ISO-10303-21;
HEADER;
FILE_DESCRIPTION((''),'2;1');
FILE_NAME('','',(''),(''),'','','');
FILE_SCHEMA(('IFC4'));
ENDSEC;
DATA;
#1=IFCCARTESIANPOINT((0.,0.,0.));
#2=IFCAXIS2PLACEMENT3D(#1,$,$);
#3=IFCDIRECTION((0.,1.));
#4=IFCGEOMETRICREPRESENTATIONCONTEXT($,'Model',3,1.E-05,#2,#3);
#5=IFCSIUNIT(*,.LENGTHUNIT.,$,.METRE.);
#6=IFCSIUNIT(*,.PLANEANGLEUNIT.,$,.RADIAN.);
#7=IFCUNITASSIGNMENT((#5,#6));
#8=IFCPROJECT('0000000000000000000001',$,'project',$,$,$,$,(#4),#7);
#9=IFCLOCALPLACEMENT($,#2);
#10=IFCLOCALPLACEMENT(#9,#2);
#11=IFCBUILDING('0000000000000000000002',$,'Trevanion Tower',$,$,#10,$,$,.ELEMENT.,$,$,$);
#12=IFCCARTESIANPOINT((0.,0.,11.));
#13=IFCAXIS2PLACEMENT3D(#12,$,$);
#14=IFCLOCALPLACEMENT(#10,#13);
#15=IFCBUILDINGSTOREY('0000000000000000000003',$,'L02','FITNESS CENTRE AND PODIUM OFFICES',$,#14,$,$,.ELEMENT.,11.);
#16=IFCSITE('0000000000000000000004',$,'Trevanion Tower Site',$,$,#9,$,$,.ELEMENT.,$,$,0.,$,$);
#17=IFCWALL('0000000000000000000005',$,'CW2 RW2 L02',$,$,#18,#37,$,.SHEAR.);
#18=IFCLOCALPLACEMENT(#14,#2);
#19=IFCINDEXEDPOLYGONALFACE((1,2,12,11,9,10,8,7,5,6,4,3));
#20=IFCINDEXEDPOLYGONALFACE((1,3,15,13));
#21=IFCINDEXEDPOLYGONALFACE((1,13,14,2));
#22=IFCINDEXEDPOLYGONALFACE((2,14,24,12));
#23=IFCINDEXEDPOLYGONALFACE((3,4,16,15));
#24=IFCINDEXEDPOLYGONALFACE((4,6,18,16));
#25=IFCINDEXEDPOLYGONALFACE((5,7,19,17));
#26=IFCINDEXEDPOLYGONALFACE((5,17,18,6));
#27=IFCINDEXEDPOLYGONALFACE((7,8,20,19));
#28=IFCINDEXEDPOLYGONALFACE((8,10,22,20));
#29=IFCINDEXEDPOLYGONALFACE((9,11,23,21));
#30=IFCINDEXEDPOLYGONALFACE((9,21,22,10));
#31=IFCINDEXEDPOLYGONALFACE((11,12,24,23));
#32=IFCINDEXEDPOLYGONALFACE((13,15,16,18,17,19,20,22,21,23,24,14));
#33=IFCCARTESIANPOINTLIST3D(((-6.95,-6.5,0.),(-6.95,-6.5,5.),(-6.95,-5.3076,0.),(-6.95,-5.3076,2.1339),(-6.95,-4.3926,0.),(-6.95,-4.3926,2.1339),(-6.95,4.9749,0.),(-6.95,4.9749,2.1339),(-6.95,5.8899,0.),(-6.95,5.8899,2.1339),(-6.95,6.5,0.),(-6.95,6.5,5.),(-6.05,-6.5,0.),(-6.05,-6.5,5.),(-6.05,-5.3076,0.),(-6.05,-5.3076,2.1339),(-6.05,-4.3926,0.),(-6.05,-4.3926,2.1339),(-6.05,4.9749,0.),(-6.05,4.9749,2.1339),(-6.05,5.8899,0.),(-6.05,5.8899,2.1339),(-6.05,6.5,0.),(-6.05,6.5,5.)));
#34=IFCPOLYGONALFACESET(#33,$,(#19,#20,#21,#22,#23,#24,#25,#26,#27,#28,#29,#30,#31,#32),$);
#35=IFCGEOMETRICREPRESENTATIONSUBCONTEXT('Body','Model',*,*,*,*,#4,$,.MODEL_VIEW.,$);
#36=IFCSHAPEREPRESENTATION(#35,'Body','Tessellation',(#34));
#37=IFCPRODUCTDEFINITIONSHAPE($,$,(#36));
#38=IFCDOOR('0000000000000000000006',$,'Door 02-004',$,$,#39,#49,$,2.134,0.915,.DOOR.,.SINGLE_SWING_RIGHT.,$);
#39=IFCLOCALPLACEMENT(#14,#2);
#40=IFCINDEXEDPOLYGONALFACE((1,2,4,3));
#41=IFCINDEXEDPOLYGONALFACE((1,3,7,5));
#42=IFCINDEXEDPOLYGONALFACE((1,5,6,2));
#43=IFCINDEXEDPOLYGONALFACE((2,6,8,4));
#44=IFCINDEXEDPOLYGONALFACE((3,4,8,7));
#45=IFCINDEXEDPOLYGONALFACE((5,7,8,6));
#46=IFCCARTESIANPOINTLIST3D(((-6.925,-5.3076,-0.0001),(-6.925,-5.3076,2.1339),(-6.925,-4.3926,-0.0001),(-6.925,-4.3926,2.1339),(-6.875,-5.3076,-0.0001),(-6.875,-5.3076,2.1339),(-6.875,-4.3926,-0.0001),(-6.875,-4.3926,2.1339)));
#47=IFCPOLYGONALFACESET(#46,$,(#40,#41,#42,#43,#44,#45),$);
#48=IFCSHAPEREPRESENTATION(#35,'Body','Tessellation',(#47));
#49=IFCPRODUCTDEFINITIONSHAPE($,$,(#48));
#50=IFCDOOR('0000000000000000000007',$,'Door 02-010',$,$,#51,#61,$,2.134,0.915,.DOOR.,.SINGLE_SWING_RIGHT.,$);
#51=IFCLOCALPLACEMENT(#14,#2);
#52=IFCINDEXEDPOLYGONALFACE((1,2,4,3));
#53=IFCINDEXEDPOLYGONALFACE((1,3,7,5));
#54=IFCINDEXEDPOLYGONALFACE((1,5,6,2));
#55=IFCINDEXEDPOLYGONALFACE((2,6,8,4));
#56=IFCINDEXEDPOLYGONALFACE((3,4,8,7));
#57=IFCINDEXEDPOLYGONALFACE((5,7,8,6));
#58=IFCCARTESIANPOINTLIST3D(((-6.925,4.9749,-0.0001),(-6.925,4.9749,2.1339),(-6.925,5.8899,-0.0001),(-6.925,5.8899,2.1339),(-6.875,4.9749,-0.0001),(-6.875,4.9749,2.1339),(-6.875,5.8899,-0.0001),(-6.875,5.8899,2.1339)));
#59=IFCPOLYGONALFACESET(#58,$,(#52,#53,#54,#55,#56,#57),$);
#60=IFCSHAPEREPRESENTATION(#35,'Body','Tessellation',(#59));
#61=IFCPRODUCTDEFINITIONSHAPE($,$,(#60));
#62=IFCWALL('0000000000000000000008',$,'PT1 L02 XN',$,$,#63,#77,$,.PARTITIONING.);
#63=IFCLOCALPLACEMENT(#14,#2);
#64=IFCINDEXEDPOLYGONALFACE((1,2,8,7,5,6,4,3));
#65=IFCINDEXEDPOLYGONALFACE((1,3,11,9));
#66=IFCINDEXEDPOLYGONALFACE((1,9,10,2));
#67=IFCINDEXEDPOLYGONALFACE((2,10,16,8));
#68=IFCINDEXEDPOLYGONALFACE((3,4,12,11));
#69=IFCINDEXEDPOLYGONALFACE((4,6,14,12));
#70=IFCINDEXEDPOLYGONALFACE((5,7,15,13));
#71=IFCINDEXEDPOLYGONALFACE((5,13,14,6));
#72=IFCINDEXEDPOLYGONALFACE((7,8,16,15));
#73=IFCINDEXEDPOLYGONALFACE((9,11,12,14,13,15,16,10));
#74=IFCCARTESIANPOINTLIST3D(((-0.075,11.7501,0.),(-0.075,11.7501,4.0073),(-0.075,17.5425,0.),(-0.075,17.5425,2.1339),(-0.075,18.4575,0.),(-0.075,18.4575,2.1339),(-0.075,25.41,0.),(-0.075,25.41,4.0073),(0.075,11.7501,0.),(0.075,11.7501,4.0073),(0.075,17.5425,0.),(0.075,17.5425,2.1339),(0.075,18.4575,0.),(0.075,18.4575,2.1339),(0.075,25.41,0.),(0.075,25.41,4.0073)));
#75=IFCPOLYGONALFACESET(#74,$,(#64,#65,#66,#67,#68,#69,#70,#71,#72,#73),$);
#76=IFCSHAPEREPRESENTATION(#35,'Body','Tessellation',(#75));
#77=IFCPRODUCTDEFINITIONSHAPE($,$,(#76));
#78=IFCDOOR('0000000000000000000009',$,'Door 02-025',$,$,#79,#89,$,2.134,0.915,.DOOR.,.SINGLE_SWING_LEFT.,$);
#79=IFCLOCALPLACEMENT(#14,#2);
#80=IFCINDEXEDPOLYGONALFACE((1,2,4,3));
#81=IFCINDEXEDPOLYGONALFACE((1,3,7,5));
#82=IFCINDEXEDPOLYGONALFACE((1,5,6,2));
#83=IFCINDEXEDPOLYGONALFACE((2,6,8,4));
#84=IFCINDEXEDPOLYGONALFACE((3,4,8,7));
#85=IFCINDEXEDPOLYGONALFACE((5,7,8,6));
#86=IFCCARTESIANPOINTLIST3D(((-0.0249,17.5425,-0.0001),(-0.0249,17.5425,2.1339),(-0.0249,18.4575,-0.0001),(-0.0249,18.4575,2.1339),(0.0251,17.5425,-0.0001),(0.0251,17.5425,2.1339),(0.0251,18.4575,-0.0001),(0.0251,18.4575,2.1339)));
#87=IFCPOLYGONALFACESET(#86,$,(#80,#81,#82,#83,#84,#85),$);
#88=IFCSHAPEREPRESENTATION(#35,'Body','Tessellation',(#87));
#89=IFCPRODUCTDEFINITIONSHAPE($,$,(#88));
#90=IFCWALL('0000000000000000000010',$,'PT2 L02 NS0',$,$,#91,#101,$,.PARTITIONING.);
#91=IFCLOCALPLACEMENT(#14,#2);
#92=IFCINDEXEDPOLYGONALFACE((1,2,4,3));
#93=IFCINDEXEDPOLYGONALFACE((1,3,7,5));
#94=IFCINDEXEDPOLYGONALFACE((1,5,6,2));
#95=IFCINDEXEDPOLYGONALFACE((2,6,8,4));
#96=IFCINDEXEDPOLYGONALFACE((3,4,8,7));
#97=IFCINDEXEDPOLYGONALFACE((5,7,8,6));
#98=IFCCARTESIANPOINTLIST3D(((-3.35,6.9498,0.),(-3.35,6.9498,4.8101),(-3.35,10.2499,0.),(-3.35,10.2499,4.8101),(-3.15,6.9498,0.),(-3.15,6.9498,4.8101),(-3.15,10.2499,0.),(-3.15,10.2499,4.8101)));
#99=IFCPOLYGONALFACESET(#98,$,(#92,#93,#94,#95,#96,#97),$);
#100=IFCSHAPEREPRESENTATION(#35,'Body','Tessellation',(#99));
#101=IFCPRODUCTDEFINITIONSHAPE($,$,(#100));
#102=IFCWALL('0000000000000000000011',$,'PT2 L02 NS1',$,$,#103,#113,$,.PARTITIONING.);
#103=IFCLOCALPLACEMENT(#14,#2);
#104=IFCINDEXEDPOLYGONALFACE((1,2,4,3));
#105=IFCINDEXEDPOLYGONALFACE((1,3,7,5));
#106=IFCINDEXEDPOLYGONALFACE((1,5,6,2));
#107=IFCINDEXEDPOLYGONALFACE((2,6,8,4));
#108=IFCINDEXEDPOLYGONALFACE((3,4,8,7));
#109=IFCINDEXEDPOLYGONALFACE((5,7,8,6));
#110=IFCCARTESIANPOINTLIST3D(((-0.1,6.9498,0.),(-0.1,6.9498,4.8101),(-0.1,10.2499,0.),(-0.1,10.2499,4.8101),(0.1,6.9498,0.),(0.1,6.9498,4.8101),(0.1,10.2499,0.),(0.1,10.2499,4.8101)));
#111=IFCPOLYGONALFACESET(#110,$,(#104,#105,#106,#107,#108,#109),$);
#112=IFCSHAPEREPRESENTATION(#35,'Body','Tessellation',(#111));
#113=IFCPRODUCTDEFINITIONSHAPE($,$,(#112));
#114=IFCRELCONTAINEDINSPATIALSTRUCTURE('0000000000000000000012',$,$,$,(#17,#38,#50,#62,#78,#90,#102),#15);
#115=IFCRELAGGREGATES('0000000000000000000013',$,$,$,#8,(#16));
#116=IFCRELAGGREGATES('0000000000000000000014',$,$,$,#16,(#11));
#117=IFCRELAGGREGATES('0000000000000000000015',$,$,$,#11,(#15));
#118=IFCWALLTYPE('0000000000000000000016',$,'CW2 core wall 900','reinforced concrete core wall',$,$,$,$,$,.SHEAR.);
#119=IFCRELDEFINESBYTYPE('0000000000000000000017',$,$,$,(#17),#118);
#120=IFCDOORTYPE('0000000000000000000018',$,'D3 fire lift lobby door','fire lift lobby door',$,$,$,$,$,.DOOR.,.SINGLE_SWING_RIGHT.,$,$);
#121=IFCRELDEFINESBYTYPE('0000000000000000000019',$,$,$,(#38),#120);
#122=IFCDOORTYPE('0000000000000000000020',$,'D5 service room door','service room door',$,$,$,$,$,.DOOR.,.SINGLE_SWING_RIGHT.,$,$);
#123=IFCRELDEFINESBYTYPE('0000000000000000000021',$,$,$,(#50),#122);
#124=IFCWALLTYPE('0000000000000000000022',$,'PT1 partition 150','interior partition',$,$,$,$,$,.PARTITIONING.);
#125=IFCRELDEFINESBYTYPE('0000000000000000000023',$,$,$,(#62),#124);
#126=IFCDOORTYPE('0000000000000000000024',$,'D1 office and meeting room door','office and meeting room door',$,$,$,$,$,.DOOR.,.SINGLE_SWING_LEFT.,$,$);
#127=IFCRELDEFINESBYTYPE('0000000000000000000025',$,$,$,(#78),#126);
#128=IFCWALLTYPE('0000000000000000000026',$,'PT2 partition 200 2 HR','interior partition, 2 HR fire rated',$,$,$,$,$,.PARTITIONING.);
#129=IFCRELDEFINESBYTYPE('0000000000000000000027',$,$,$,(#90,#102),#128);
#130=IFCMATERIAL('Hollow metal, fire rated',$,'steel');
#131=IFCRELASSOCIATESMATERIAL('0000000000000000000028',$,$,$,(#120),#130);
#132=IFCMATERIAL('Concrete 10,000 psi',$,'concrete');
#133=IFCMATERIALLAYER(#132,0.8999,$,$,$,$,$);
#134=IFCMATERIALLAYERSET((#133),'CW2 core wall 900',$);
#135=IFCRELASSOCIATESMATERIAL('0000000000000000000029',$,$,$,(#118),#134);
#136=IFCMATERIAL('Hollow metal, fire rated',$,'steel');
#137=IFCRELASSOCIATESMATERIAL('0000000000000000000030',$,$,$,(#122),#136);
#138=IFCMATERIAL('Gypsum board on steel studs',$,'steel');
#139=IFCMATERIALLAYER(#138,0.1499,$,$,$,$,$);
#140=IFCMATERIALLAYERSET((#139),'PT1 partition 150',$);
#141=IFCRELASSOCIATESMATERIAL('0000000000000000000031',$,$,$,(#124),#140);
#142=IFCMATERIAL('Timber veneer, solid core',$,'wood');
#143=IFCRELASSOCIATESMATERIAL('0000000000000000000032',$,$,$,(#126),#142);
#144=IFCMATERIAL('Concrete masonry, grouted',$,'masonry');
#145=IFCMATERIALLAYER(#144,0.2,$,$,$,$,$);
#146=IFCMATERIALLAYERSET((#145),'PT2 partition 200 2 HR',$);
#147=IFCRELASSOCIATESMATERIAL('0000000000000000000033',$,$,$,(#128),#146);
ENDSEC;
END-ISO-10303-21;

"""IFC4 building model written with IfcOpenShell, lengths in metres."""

from ifc_helpers import new_model, si_unit, direction, frame, frame_2d, origin, place, context, subcontext, project, spatial, rectangle, extrude, material, layer, layer_set, type_object, element, fill, save


model = new_model("IFC4")

# Units and contexts
model_context = context("Model", 3, precision=1e-05, world=origin(), true_north=direction((0.0, 1.0)))
body_context = subcontext(model_context, "Body", "Model", "MODEL_VIEW")
ifc_project = project(units=[si_unit("LENGTHUNIT", "METRE"), si_unit("PLANEANGLEUNIT", "RADIAN")], contexts=[model_context])

# Site, building, storey
site_placement = place(None, origin())
site = spatial("IfcSite", under=ifc_project, at=site_placement, Name="Trevanion Tower Site", CompositionType="ELEMENT", RefElevation=0.0)
building_placement = place(site_placement, origin())
building = spatial("IfcBuilding", under=site, at=building_placement, Name="Trevanion Tower", CompositionType="ELEMENT")
storey_placement = place(building_placement, frame((0.0, 0.0, 11.0)))
storey = spatial("IfcBuildingStorey", under=building, at=storey_placement, Name="L02", Description="FITNESS CENTRE AND PODIUM OFFICES", CompositionType="ELEMENT", Elevation=11.0)

# Shared definitions
ifc_material_1 = material(Name="Hollow metal, fire rated", Category="steel")
door_type_1 = type_object("IfcDoorType", Name="D3 fire lift lobby door", Description="fire lift lobby door", OperationType="SINGLE_SWING_RIGHT", PredefinedType="DOOR", material=ifc_material_1)

# Shared definitions
ifc_material_2 = material(Name="Concrete 10,000 psi", Category="concrete")
ifc_layer_1 = layer(ifc_material_2, 0.8999)
ifc_layer_set_1 = layer_set([ifc_layer_1], Name="CW2 core wall 900")
wall_type_1 = type_object("IfcWallType", Name="CW2 core wall 900", Description="reinforced concrete core wall", PredefinedType="SHEAR", material=ifc_layer_set_1)

# Wall, openings, doors
wall_1_placement = place(storey_placement, frame((-6.5, 6.5, 0.0), z_axis=(0.0, 0.0, 1.0), x_axis=(0.0, -1.0, 0.0)))
wall_1 = element("IfcWall", 1, at=wall_1_placement, inside=storey, type_object=wall_type_1, Name="CW2 RW2 L02", PredefinedType="SHEAR", context=body_context, shape_type="SweptSolid", body=[
    extrude(rectangle(XDim=13.0, YDim=0.8999, at=frame_2d((6.5, 0.0))), origin(), (0.0, 0.0, 1.0), 5.0),
])
opening_1_placement = place(wall_1_placement, frame((10.8926, 0.0, 0.0)))
opening_1 = element("IfcOpeningElement", 2, at=opening_1_placement, cuts=wall_1, PredefinedType="OPENING", context=body_context, shape_type="SweptSolid", body=[
    extrude(rectangle(XDim=0.915, YDim=2.134, at=frame_2d((0.4575, 1.0669))), frame((0.0, 0.46, 0.0), z_axis=(0.0, -1.0, 0.0), x_axis=(1.0, 0.0, 0.0)), (0.0, 0.0, 1.0), 0.9199),
])
opening_2_placement = place(wall_1_placement, frame((0.6101, 0.0, 0.0)))
opening_2 = element("IfcOpeningElement", 3, at=opening_2_placement, cuts=wall_1, PredefinedType="OPENING", context=body_context, shape_type="SweptSolid", body=[
    extrude(rectangle(XDim=0.915, YDim=2.134, at=frame_2d((0.4575, 1.0669))), frame((0.0, 0.46, 0.0), z_axis=(0.0, -1.0, 0.0), x_axis=(1.0, 0.0, 0.0)), (0.0, 0.0, 1.0), 0.9199),
])
door_1_placement = place(opening_1_placement, origin())
door_1 = element("IfcDoor", 4, at=door_1_placement, inside=storey, type_object=door_type_1, Name="Door 02-004", OperationType="SINGLE_SWING_RIGHT", OverallHeight=2.134, OverallWidth=0.915, PredefinedType="DOOR", context=body_context, shape_type="SweptSolid", body=[
    extrude(rectangle(XDim=0.915, YDim=2.134, at=frame_2d((0.4575, 1.0669))), frame((0.0, -0.375, 0.0), z_axis=(0.0, -1.0, 0.0), x_axis=(1.0, 0.0, 0.0)), (0.0, 0.0, 1.0), 0.05),
])
fill(opening_1, door_1)
ifc_material_3 = material(Name="Hollow metal, fire rated", Category="steel")
door_type_2 = type_object("IfcDoorType", Name="D5 service room door", Description="service room door", OperationType="SINGLE_SWING_RIGHT", PredefinedType="DOOR", material=ifc_material_3)
door_2_placement = place(opening_2_placement, origin())
door_2 = element("IfcDoor", 5, at=door_2_placement, inside=storey, type_object=door_type_2, Name="Door 02-010", OperationType="SINGLE_SWING_RIGHT", OverallHeight=2.134, OverallWidth=0.915, PredefinedType="DOOR", context=body_context, shape_type="SweptSolid", body=[
    extrude(rectangle(XDim=0.915, YDim=2.134, at=frame_2d((0.4575, 1.0669))), frame((0.0, -0.375, 0.0), z_axis=(0.0, -1.0, 0.0), x_axis=(1.0, 0.0, 0.0)), (0.0, 0.0, 1.0), 0.05),
])
fill(opening_2, door_2)

# Wall, opening, door
ifc_material_4 = material(Name="Gypsum board on steel studs", Category="steel")
ifc_layer_2 = layer(ifc_material_4, 0.1499)
ifc_layer_set_2 = layer_set([ifc_layer_2], Name="PT1 partition 150")
wall_type_2 = type_object("IfcWallType", Name="PT1 partition 150", Description="interior partition", PredefinedType="PARTITIONING", material=ifc_layer_set_2)
wall_2_placement = place(storey_placement, frame((0.0, 11.75, 0.0), z_axis=(0.0, 0.0, 1.0), x_axis=(0.0, 1.0, 0.0)))
wall_2 = element("IfcWall", 6, at=wall_2_placement, inside=storey, type_object=wall_type_2, Name="PT1 L02 XN", PredefinedType="PARTITIONING", context=body_context, shape_type="SweptSolid", body=[
    extrude(rectangle(XDim=13.6599, YDim=0.1499, at=frame_2d((6.8301, 0.0))), origin(), (0.0, 0.0, 1.0), 4.0073),
])
opening_3_placement = place(wall_2_placement, frame((5.7925, 0.0, 0.0)))
opening_3 = element("IfcOpeningElement", 7, at=opening_3_placement, cuts=wall_2, PredefinedType="OPENING", context=body_context, shape_type="SweptSolid", body=[
    extrude(rectangle(XDim=0.915, YDim=2.134, at=frame_2d((0.4575, 1.0669))), frame((0.0, 0.085, 0.0), z_axis=(0.0, -1.0, 0.0), x_axis=(1.0, 0.0, 0.0)), (0.0, 0.0, 1.0), 0.1699),
])
ifc_material_5 = material(Name="Timber veneer, solid core", Category="wood")
door_type_3 = type_object("IfcDoorType", Name="D1 office and meeting room door", Description="office and meeting room door", OperationType="SINGLE_SWING_LEFT", PredefinedType="DOOR", material=ifc_material_5)
door_3_placement = place(opening_3_placement, origin())
door_3 = element("IfcDoor", 8, at=door_3_placement, inside=storey, type_object=door_type_3, Name="Door 02-025", OperationType="SINGLE_SWING_LEFT", OverallHeight=2.134, OverallWidth=0.915, PredefinedType="DOOR", context=body_context, shape_type="SweptSolid", body=[
    extrude(rectangle(XDim=0.915, YDim=2.134, at=frame_2d((0.4575, 1.0669))), frame((0.0, 0.0249, 0.0), z_axis=(0.0, -1.0, 0.0), x_axis=(1.0, 0.0, 0.0)), (0.0, 0.0, 1.0), 0.05),
])
fill(opening_3, door_3)

# Walls
ifc_material_6 = material(Name="Concrete masonry, grouted", Category="masonry")
ifc_layer_3 = layer(ifc_material_6, 0.2)
ifc_layer_set_3 = layer_set([ifc_layer_3], Name="PT2 partition 200 2 HR")
wall_type_3 = type_object("IfcWallType", Name="PT2 partition 200 2 HR", Description="interior partition, 2 HR fire rated", PredefinedType="PARTITIONING", material=ifc_layer_set_3)
for number, where, z_axis, x_axis, name in (
    (9, (-3.25, 6.95, 0.0), (0.0, 0.0, 1.0), (0.0, 1.0, 0.0), "PT2 L02 NS0"),
    (10, (0.0, 6.95, 0.0), (0.0, 0.0, 1.0), (0.0, 1.0, 0.0), "PT2 L02 NS1"),
):
    element("IfcWall", number, at=place(storey_placement, frame(where, z_axis=z_axis, x_axis=x_axis)), inside=storey, type_object=wall_type_3, Name=name, PredefinedType="PARTITIONING", context=body_context, shape_type="SweptSolid", body=[
        extrude(rectangle(XDim=3.3, YDim=0.2, at=frame_2d((1.6499, 0.0))), origin(), (0.0, 0.0, 1.0), 4.8101),
    ])

save(model, "model.ifc")
